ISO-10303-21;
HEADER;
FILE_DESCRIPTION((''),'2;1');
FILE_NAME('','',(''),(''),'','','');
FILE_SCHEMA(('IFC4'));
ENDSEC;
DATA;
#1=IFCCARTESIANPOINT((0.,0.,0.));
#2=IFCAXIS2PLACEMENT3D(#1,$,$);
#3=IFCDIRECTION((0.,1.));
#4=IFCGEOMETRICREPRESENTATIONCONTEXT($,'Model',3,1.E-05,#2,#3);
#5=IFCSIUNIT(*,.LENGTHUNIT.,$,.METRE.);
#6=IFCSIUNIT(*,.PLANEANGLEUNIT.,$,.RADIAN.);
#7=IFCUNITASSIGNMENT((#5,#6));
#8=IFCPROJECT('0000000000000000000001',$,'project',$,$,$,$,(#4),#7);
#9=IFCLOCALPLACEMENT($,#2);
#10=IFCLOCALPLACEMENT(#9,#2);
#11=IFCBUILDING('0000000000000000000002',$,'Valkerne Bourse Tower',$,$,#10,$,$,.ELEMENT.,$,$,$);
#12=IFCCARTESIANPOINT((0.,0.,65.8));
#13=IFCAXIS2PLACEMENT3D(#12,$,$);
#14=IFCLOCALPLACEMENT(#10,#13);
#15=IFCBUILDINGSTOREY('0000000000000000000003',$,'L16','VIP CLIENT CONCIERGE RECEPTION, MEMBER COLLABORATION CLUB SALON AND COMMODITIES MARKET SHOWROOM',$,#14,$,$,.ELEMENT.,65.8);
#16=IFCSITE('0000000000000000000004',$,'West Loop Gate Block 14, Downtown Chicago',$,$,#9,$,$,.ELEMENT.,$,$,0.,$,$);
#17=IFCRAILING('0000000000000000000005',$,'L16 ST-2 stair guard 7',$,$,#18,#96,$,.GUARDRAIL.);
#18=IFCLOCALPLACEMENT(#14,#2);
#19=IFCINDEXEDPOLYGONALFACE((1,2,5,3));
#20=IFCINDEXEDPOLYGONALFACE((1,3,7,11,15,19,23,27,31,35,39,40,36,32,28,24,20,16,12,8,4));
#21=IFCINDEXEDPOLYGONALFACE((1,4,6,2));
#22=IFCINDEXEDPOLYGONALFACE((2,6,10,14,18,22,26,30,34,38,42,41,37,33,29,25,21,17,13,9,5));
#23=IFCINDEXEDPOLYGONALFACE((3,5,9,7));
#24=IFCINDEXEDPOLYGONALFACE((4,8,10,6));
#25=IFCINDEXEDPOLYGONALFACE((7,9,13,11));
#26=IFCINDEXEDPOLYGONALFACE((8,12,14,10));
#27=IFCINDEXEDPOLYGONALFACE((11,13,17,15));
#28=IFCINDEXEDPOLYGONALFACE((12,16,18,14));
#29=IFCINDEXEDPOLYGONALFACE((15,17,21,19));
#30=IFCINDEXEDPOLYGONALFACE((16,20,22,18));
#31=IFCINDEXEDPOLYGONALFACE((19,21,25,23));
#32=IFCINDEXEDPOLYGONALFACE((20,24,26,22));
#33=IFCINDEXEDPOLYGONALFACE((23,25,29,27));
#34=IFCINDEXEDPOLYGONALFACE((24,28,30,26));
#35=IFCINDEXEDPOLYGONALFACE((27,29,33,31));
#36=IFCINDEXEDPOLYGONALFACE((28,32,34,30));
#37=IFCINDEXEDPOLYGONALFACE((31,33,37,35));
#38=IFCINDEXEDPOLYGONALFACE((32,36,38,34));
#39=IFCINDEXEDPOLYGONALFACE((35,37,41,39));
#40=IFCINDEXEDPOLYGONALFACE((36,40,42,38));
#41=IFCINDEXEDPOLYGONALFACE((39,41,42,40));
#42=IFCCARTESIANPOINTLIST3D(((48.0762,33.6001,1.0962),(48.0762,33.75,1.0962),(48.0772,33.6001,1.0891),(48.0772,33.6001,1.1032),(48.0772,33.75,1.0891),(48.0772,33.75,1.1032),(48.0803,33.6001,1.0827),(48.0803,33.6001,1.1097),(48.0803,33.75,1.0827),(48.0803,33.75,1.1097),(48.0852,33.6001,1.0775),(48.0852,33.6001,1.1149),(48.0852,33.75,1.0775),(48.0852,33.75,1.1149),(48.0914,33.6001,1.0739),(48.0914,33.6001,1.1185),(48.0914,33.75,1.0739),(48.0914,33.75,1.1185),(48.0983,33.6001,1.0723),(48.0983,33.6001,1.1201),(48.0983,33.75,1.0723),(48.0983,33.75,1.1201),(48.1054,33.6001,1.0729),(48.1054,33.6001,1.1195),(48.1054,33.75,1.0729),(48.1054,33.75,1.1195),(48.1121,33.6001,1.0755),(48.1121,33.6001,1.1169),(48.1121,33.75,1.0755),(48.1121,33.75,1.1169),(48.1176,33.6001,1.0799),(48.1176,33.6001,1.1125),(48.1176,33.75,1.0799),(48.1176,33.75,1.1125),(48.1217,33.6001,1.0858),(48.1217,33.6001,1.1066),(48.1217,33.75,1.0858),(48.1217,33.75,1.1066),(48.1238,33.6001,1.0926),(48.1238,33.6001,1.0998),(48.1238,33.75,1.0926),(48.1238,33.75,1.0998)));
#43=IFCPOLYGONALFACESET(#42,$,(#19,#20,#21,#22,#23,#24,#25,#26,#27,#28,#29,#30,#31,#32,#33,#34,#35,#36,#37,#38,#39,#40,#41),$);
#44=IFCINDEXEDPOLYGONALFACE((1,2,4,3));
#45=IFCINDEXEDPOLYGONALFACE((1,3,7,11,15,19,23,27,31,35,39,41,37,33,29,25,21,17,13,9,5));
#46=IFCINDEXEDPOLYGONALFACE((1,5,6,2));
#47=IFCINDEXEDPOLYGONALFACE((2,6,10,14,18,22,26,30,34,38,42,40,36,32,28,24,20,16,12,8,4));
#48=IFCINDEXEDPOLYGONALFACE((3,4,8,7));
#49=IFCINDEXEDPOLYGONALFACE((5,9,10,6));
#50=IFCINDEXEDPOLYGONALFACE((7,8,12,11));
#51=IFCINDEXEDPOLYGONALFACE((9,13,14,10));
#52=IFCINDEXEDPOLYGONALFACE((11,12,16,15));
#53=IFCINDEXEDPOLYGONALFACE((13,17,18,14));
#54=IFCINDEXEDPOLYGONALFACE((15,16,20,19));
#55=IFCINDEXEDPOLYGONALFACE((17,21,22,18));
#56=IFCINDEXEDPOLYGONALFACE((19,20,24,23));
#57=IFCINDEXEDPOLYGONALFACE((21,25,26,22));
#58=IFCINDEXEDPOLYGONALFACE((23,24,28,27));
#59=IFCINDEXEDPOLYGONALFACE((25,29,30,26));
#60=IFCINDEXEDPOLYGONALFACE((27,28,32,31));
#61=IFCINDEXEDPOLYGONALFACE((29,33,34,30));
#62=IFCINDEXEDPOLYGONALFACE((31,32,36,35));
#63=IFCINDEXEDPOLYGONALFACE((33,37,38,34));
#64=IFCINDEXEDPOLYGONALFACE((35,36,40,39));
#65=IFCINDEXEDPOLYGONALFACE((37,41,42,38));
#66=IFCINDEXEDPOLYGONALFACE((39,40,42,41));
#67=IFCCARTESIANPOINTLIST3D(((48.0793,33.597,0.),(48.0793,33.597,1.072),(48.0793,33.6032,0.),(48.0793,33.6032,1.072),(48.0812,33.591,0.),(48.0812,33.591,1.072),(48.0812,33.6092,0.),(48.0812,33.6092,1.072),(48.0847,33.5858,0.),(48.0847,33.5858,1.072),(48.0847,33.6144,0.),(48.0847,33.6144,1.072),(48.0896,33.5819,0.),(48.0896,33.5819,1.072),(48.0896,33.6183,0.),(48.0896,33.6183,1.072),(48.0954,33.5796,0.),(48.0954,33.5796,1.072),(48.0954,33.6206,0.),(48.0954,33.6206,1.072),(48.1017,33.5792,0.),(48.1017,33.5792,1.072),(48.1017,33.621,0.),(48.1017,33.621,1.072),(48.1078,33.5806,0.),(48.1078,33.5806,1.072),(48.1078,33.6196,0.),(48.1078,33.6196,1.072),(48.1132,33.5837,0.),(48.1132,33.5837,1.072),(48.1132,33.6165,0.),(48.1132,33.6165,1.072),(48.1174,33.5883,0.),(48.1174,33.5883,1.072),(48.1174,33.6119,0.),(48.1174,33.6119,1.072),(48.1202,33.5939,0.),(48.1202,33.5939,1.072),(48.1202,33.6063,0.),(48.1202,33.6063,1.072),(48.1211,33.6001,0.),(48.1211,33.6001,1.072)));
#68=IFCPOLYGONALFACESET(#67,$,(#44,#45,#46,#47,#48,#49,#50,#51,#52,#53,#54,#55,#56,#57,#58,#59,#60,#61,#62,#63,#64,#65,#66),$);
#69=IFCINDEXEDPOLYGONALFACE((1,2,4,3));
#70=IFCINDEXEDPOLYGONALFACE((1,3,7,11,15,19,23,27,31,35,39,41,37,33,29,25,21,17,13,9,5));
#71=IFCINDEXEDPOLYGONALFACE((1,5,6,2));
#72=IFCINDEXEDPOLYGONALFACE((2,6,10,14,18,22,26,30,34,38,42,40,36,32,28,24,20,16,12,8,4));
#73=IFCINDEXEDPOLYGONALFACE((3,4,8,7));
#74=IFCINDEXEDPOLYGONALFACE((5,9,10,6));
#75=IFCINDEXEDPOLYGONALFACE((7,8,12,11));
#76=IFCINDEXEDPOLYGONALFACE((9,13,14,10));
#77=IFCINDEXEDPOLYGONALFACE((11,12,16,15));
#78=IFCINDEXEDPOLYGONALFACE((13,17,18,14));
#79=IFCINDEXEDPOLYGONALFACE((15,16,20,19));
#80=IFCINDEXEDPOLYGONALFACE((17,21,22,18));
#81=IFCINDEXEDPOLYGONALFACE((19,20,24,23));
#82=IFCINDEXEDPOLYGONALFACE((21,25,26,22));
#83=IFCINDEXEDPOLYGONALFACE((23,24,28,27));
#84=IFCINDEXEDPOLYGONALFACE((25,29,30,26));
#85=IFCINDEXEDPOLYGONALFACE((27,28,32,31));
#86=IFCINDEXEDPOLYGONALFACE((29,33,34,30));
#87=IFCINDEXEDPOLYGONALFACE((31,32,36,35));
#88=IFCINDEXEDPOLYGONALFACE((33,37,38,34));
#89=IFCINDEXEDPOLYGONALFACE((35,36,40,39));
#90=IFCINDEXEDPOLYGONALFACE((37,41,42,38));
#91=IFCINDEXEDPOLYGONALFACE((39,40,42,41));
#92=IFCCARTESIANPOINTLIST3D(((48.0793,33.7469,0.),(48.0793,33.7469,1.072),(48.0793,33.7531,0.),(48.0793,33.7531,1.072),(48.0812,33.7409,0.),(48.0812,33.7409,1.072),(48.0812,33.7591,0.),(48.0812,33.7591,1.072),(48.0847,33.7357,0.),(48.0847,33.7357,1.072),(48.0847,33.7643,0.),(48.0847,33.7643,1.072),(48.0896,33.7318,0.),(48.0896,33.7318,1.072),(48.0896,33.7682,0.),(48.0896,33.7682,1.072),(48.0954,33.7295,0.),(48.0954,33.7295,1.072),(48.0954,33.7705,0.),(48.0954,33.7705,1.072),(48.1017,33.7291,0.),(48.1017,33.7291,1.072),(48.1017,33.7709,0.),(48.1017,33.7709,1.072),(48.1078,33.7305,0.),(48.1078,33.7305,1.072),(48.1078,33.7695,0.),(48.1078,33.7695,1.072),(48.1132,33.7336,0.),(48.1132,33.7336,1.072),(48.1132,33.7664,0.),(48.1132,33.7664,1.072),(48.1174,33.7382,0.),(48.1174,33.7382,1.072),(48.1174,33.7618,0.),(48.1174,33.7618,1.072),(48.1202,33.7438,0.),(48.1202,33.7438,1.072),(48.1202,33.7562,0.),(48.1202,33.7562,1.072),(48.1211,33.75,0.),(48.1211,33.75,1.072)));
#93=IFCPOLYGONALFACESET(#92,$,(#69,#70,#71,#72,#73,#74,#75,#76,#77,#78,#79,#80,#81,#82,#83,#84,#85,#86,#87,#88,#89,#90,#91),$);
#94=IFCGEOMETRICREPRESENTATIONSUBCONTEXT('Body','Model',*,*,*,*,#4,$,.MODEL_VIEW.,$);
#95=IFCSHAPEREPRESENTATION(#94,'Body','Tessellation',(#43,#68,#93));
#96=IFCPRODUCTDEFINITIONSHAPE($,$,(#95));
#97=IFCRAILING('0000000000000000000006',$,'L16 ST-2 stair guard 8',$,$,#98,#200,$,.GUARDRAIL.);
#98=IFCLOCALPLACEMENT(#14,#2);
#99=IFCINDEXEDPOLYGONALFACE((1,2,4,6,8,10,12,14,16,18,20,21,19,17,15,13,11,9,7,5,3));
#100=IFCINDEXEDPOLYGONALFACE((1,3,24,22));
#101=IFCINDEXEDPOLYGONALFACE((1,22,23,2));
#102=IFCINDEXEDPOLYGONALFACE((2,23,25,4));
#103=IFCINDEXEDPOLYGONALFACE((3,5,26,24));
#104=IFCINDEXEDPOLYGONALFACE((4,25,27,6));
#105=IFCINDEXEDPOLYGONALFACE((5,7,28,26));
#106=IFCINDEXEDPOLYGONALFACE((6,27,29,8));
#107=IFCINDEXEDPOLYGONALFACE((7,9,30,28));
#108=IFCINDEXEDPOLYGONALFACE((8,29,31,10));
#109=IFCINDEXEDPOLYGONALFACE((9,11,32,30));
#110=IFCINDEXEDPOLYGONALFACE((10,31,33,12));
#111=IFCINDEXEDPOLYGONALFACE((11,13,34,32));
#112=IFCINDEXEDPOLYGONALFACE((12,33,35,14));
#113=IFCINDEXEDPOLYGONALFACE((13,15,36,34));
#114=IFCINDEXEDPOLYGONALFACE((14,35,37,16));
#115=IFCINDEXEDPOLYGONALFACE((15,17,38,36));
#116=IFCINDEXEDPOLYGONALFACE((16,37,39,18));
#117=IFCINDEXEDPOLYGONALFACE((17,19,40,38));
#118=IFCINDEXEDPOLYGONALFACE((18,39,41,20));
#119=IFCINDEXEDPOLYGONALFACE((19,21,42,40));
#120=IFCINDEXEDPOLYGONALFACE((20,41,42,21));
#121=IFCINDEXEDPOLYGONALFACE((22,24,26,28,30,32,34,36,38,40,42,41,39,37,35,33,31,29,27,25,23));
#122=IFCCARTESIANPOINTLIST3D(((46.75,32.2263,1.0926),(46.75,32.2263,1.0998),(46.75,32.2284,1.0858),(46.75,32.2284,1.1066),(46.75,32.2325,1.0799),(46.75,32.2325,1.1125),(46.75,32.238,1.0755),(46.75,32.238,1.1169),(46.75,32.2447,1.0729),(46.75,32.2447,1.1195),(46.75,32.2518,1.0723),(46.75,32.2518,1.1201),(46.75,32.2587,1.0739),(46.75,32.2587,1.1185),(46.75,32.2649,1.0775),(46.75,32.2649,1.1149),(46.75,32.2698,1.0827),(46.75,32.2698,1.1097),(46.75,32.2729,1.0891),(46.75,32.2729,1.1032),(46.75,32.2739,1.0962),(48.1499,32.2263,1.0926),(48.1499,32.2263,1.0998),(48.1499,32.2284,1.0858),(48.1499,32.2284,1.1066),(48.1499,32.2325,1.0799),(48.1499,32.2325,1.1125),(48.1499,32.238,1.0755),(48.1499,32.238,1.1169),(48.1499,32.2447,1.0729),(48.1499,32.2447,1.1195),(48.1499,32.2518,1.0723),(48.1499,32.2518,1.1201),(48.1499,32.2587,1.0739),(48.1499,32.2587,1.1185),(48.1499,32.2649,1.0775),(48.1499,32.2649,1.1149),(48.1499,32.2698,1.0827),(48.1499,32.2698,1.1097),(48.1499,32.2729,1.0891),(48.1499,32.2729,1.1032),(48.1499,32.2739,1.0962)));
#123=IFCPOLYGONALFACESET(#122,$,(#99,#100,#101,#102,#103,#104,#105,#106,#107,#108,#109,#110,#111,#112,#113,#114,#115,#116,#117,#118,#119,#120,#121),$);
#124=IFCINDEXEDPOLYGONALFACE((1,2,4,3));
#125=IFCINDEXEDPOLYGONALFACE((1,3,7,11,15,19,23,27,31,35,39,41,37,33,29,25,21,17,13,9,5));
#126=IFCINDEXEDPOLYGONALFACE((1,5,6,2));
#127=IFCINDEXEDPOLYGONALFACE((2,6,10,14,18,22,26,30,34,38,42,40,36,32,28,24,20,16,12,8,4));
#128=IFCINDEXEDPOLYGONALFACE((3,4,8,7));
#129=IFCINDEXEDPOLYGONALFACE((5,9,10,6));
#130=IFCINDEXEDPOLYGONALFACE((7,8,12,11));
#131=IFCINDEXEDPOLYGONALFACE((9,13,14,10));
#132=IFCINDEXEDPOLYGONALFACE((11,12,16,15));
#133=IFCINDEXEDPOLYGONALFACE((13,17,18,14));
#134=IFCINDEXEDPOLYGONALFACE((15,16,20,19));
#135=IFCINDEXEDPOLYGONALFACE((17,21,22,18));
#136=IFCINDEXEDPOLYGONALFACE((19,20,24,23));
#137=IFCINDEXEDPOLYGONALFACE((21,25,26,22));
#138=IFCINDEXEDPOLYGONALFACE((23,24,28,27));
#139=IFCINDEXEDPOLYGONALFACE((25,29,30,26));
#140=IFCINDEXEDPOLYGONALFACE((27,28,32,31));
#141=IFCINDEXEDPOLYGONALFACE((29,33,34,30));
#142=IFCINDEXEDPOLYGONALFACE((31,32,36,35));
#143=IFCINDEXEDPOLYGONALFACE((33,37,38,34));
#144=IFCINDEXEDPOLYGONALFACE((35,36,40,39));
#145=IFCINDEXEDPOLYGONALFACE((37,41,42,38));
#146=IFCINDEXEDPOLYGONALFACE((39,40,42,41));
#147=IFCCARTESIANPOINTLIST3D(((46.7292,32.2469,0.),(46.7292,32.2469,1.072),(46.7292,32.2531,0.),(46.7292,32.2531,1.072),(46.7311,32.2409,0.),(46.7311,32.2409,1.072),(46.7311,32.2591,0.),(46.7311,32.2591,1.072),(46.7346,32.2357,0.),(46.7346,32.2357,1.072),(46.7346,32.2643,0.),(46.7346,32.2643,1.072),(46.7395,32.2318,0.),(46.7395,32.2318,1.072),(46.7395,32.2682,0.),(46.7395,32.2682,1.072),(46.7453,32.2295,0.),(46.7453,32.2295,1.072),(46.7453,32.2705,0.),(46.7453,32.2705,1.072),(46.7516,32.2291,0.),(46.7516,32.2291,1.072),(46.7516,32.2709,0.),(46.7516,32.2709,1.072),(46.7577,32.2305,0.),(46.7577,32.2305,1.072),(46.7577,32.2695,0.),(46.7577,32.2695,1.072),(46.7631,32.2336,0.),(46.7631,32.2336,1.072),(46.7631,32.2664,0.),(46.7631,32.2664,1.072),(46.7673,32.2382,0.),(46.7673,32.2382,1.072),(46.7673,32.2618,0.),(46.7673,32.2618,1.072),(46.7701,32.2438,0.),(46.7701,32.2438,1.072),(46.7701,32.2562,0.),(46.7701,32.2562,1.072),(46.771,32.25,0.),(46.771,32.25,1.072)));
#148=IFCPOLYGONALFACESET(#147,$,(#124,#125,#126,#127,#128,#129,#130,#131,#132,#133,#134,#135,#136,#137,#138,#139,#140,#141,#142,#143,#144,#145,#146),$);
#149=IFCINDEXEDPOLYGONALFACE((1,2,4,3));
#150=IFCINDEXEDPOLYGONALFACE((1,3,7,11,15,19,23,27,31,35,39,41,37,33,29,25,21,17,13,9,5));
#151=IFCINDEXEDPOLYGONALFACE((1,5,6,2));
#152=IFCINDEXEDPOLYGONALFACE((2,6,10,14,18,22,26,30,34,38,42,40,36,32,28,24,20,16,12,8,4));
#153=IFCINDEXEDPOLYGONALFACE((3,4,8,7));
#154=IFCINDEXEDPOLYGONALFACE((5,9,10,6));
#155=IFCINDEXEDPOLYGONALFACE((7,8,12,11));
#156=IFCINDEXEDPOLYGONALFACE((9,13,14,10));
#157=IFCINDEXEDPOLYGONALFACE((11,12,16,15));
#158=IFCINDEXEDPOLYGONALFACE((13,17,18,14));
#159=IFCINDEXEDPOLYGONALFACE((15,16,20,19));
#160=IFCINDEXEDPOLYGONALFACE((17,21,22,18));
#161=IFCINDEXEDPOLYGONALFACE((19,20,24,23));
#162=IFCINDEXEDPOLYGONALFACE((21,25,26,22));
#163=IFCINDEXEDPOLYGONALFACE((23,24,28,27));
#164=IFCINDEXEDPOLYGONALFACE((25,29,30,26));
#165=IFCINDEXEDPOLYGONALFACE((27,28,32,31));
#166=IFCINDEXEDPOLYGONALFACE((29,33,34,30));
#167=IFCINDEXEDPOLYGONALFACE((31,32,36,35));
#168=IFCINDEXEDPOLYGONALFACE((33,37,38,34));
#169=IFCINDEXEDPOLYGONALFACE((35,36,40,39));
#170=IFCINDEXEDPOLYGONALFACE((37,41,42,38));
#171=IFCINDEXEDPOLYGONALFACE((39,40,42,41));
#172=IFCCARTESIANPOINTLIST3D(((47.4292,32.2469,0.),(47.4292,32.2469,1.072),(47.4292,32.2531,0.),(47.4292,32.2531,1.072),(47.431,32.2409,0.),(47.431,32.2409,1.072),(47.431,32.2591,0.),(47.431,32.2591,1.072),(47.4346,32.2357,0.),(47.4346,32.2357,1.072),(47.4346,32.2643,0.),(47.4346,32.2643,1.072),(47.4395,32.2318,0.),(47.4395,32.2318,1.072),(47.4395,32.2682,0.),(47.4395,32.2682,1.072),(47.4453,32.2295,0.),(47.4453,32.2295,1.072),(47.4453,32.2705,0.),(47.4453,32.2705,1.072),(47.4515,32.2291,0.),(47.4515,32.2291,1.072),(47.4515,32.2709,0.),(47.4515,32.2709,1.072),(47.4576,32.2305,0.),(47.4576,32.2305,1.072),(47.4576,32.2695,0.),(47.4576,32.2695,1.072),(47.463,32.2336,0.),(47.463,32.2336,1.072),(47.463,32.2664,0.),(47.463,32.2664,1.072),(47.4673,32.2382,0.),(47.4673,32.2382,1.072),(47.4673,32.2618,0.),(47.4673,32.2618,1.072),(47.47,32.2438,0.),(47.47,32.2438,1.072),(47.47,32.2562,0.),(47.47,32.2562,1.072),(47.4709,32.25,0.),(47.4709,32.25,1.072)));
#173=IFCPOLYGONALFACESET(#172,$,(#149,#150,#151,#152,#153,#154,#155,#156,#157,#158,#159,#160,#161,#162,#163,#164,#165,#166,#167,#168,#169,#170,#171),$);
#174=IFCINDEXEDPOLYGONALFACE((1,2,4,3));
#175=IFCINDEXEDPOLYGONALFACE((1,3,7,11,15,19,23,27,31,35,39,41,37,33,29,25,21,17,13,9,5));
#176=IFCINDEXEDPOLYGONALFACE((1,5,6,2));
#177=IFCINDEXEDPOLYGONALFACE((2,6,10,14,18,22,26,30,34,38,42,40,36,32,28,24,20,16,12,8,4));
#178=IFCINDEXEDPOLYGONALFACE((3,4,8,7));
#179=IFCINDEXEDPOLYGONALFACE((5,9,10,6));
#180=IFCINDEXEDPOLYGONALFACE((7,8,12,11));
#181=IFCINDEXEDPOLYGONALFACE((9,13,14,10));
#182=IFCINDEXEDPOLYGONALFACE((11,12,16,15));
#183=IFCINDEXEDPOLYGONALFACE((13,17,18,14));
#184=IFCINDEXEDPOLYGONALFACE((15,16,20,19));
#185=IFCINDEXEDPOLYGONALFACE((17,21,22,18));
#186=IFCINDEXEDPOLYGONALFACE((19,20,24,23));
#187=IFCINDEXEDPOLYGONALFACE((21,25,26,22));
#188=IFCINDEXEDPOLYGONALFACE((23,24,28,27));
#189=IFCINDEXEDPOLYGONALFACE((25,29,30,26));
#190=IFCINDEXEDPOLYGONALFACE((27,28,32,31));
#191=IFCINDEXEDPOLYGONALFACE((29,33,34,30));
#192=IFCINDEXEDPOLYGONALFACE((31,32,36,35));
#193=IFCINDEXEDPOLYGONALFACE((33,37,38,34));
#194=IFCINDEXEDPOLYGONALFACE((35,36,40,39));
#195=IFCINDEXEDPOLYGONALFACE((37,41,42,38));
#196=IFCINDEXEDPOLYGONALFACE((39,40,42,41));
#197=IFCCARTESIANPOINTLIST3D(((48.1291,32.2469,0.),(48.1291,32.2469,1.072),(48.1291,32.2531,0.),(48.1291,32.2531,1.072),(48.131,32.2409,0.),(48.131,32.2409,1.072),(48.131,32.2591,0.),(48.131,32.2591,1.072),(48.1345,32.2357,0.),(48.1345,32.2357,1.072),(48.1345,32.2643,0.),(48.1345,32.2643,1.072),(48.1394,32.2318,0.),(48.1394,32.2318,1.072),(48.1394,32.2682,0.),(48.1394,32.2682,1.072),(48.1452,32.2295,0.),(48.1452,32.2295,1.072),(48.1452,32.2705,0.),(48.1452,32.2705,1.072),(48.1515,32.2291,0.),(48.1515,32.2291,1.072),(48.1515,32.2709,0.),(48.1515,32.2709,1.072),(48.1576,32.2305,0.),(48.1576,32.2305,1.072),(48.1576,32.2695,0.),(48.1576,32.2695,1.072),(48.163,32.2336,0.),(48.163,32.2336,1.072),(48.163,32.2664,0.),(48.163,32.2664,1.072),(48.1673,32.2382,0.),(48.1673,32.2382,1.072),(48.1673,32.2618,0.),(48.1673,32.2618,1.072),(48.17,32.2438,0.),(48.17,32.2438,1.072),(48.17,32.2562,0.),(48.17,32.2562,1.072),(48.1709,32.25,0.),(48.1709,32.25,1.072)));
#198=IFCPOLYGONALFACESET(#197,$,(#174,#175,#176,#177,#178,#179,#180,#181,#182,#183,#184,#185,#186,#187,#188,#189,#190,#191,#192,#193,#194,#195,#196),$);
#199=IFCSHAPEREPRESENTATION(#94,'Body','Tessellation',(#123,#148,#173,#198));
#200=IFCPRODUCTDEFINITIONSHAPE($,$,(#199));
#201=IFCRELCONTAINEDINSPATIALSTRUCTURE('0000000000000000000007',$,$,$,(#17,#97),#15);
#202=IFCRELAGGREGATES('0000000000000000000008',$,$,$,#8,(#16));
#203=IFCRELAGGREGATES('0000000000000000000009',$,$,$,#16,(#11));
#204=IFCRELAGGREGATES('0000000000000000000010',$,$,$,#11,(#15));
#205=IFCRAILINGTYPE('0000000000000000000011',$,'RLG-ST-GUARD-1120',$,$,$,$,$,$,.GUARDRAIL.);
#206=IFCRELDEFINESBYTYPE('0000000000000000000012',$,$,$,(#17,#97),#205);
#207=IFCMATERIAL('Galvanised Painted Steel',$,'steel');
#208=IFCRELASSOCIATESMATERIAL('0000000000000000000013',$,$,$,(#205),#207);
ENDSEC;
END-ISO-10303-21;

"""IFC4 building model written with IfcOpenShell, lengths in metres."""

from ifc_helpers import new_model, si_unit, direction, frame, origin, origin_2d, place, context, subcontext, project, spatial, circle, extrude, material, type_object, element, save


model = new_model("IFC4")

# Units and contexts
model_context = context("Model", 3, precision=1e-05, world=origin(), true_north=direction((0.0, 1.0)))
body_context = subcontext(model_context, "Body", "Model", "MODEL_VIEW")
ifc_project = project(units=[si_unit("LENGTHUNIT", "METRE"), si_unit("PLANEANGLEUNIT", "RADIAN")], contexts=[model_context])

# Site, building, storey
site_placement = place(None, origin())
site = spatial("IfcSite", under=ifc_project, at=site_placement, Name="West Loop Gate Block 14, Downtown Chicago", CompositionType="ELEMENT", RefElevation=0.0)
building_placement = place(site_placement, origin())
building = spatial("IfcBuilding", under=site, at=building_placement, Name="Valkerne Bourse Tower", CompositionType="ELEMENT")
storey_placement = place(building_placement, frame((0.0, 0.0, 65.8)))
storey = spatial("IfcBuildingStorey", under=building, at=storey_placement, Name="L16", Description="VIP CLIENT CONCIERGE RECEPTION, MEMBER COLLABORATION CLUB SALON AND COMMODITIES MARKET SHOWROOM", CompositionType="ELEMENT", Elevation=65.8)

# Shared definitions
ifc_material_1 = material(Name="Galvanised Painted Steel", Category="steel")

# Railings
railing_type_1 = type_object("IfcRailingType", Name="RLG-ST-GUARD-1120", PredefinedType="GUARDRAIL", material=ifc_material_1)
railing_1_placement = place(storey_placement, frame((48.1001, 33.6001, 0.0)))
element("IfcRailing", 1, at=railing_1_placement, inside=storey, type_object=railing_type_1, Name="L16 ST-2 stair guard 7", PredefinedType="GUARDRAIL", context=body_context, shape_type="SweptSolid", body=[
    extrude(circle(Radius=0.0239, at=origin_2d()), frame((0.0, 0.0, 1.0962), z_axis=(0.0, 1.0, 0.0), x_axis=(-1.0, 0.0, 0.0)), (0.0, 0.0, 1.0), 0.1499),
    extrude(circle(Radius=0.021, at=origin_2d()), origin(), (0.0, 0.0, 1.0), 1.072),
    extrude(circle(Radius=0.021, at=origin_2d()), frame((0.0, 0.1499, 0.0)), (0.0, 0.0, 1.0), 1.072),
])
for number, where, name in (
    (2, (46.75, 32.25, 0.0), "L16 ST-2 stair guard 8"),
):
    element("IfcRailing", number, at=place(storey_placement, frame(where)), inside=storey, type_object=railing_type_1, Name=name, PredefinedType="GUARDRAIL", context=body_context, shape_type="SweptSolid", body=[
        extrude(circle(Radius=0.0239, at=origin_2d()), frame((0.0, 0.0, 1.0962), z_axis=(1.0, 0.0, 0.0), x_axis=(0.0, 1.0, 0.0)), (0.0, 0.0, 1.0), 1.3999),
        extrude(circle(Radius=0.021, at=origin_2d()), origin(), (0.0, 0.0, 1.0), 1.072),
        extrude(circle(Radius=0.021, at=origin_2d()), frame((0.7, 0.0, 0.0)), (0.0, 0.0, 1.0), 1.072),
        extrude(circle(Radius=0.021, at=origin_2d()), frame((1.3999, 0.0, 0.0)), (0.0, 0.0, 1.0), 1.072),
    ])

save(model, "model.ifc")
